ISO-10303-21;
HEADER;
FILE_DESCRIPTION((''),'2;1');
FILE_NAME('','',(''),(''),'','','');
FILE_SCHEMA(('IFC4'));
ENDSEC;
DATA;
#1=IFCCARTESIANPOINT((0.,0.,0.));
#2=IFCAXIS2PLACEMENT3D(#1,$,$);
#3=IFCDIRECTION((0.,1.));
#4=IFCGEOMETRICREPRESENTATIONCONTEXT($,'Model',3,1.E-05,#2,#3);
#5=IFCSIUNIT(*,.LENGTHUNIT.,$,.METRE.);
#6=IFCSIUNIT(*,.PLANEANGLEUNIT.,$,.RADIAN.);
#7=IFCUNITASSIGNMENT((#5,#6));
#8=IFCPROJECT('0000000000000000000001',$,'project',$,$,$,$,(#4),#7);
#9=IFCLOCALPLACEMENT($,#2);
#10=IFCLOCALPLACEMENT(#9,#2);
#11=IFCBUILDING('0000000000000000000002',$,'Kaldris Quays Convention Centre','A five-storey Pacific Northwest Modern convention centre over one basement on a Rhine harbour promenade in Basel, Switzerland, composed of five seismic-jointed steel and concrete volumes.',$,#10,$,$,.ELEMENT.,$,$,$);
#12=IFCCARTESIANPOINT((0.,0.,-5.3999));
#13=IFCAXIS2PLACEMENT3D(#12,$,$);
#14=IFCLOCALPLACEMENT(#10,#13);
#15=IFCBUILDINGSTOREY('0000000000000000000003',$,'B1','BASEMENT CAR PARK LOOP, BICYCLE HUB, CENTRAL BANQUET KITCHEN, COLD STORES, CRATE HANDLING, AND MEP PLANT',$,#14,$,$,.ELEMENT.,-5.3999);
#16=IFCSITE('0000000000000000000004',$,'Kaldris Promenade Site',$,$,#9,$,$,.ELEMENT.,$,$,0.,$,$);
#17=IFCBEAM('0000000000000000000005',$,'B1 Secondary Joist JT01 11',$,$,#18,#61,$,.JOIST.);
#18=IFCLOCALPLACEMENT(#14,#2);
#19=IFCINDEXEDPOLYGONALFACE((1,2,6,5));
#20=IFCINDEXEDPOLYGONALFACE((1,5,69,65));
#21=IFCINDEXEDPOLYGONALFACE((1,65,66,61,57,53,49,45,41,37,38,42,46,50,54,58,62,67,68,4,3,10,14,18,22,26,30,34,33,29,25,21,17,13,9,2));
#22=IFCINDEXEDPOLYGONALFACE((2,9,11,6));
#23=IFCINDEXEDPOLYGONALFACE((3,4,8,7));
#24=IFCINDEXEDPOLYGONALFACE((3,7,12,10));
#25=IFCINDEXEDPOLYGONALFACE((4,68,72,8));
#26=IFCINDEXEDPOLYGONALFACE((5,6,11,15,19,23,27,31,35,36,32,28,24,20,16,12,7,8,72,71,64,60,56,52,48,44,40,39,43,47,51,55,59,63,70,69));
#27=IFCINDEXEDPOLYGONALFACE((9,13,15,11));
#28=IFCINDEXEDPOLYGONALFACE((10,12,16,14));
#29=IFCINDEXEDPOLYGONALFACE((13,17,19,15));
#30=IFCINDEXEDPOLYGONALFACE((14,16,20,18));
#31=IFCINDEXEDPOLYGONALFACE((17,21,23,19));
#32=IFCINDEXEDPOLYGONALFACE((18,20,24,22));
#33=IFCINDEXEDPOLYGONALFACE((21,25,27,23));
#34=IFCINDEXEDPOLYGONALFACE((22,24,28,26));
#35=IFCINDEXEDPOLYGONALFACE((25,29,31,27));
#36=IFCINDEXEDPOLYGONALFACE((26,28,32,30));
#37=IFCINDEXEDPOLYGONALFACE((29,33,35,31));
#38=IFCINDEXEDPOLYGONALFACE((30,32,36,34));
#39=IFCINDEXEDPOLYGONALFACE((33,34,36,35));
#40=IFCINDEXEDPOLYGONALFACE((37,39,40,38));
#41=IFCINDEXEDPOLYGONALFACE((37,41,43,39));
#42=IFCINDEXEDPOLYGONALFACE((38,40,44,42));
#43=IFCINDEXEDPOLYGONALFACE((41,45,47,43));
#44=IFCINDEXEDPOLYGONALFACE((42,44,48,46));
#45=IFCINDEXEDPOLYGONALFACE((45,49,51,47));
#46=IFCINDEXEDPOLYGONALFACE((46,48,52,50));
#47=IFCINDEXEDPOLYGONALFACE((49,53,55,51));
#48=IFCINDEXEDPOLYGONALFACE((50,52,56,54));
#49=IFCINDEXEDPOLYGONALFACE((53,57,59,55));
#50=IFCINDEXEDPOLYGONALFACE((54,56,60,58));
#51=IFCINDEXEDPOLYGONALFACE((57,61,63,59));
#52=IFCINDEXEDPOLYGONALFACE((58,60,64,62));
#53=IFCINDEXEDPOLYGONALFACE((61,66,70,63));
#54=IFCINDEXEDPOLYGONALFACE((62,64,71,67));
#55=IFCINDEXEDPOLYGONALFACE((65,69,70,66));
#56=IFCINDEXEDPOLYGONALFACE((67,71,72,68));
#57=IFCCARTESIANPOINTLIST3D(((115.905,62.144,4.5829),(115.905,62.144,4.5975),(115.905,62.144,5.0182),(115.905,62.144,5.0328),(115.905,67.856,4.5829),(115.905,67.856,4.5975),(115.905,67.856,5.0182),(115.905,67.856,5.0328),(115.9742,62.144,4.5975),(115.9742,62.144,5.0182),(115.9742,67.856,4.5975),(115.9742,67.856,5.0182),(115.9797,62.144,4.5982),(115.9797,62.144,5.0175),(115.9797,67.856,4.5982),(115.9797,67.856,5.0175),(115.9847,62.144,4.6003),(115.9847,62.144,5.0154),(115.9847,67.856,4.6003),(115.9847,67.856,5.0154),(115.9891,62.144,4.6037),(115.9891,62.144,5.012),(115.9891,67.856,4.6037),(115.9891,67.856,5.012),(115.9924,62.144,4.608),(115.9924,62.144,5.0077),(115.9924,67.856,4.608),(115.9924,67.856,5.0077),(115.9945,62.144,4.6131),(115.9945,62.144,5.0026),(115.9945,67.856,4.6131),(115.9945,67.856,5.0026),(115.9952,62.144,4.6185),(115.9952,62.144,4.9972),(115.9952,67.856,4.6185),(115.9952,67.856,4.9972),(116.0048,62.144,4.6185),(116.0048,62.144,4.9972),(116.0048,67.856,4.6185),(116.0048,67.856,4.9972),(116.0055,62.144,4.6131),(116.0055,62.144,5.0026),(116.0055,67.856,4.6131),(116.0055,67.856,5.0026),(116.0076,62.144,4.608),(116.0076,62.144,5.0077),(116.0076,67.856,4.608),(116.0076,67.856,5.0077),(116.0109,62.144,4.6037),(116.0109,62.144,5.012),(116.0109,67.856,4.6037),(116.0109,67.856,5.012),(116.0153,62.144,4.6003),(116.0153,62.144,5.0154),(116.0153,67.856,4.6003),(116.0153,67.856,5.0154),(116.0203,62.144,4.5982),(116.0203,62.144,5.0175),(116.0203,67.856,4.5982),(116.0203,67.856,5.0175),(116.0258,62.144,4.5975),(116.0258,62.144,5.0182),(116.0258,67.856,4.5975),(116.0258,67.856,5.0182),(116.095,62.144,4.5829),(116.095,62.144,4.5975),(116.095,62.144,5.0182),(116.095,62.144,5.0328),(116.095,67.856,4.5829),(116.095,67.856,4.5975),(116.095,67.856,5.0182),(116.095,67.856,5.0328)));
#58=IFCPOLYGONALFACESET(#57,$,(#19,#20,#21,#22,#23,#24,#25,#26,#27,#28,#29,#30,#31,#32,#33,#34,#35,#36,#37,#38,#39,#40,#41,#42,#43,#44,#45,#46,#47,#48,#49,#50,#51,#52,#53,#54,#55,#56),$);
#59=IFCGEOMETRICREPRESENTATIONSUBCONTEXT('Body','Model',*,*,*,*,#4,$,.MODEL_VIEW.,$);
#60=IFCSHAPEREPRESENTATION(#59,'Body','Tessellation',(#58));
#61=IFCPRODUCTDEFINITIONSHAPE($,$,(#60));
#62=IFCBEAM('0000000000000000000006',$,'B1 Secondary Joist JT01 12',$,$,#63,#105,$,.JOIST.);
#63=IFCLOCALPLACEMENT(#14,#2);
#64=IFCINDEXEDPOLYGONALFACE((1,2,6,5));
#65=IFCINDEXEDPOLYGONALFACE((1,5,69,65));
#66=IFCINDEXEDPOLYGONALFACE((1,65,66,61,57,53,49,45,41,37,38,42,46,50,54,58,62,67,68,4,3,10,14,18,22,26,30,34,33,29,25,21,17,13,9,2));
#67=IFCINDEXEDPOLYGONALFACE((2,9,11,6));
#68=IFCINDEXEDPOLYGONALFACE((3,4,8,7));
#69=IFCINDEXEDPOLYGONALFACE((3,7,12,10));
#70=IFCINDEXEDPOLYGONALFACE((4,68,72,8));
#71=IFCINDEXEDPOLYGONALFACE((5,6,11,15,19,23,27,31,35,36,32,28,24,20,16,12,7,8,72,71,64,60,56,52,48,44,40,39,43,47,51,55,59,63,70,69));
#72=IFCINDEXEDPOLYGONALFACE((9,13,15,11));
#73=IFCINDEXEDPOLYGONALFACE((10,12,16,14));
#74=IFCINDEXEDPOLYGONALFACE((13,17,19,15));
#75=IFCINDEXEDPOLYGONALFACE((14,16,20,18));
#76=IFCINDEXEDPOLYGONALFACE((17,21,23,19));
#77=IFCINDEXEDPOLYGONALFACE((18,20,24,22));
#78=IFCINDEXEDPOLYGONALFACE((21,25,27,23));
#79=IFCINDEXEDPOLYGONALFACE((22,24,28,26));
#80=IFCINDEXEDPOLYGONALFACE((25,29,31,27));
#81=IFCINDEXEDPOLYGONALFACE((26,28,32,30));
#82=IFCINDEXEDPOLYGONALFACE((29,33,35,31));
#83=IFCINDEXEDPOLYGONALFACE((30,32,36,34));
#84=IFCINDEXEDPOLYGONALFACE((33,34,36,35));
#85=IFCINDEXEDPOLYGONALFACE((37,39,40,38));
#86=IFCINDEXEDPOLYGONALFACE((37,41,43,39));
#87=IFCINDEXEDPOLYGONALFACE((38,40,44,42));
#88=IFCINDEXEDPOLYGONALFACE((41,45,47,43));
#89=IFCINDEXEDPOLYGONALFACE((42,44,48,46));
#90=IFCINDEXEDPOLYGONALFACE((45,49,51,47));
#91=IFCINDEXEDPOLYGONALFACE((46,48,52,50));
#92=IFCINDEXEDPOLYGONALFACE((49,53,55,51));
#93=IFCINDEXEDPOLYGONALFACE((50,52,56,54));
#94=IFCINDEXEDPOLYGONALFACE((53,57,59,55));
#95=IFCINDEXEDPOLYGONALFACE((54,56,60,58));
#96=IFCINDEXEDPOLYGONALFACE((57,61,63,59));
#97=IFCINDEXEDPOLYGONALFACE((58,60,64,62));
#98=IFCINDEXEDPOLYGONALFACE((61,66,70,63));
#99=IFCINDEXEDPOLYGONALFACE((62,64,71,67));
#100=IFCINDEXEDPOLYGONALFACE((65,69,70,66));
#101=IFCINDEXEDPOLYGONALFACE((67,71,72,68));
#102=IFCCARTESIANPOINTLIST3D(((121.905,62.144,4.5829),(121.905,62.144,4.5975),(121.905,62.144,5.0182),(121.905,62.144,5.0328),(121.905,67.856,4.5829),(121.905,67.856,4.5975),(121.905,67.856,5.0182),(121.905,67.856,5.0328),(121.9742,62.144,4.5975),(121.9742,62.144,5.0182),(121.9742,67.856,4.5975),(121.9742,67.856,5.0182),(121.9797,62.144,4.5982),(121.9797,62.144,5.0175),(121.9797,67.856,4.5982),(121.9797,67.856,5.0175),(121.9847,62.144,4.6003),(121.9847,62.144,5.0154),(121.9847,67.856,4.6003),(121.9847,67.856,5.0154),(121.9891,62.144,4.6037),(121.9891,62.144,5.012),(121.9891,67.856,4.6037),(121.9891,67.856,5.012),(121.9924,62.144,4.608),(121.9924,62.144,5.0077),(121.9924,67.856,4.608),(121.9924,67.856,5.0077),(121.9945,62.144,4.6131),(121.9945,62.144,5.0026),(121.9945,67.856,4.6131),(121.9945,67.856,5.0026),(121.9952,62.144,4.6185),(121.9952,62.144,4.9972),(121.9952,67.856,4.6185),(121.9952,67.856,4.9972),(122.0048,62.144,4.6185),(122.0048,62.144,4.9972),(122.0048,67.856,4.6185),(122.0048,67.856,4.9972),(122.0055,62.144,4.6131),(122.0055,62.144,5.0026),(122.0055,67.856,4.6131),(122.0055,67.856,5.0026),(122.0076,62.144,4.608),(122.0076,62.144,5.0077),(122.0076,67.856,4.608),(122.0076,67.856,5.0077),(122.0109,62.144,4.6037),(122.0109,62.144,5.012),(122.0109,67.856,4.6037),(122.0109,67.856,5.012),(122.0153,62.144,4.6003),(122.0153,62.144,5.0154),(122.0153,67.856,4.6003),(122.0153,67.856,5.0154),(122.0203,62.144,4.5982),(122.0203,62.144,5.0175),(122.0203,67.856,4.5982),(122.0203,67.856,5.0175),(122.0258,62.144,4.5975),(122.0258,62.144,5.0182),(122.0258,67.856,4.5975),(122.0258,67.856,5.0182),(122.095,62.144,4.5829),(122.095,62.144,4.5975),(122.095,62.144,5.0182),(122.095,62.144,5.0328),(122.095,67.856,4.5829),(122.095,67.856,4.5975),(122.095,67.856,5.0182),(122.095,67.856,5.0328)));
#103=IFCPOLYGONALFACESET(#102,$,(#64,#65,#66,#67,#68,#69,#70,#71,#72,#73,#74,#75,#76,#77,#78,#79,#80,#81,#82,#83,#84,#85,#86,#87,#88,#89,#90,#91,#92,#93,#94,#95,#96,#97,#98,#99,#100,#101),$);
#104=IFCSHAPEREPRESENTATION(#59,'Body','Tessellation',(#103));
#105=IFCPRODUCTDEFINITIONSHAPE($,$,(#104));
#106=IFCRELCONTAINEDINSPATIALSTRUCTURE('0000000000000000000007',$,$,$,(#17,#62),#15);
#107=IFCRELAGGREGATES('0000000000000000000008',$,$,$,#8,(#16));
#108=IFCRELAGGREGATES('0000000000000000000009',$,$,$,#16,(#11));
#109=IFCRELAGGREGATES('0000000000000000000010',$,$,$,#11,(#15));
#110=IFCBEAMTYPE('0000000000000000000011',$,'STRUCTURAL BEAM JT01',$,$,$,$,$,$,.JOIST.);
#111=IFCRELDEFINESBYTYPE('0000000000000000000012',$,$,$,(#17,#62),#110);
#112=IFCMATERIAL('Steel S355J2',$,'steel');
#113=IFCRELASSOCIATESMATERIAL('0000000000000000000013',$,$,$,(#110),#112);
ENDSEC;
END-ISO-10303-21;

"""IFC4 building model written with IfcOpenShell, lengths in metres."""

from ifc_helpers import new_model, si_unit, direction, frame, origin, origin_2d, place, context, subcontext, project, spatial, i_section, extrude, material, material_profile, profile_set, type_object, element, save


model = new_model("IFC4")

# Units and contexts
model_context = context("Model", 3, precision=1e-05, world=origin(), true_north=direction((0.0, 1.0)))
body_context = subcontext(model_context, "Body", "Model", "MODEL_VIEW")
ifc_project = project(units=[si_unit("LENGTHUNIT", "METRE"), si_unit("PLANEANGLEUNIT", "RADIAN")], contexts=[model_context])

# Site, building, storey
site_placement = place(None, origin())
site = spatial("IfcSite", under=ifc_project, at=site_placement, Name="Kaldris Promenade Site", CompositionType="ELEMENT", RefElevation=0.0)
building_placement = place(site_placement, origin())
building = spatial("IfcBuilding", under=site, at=building_placement, Name="Kaldris Quays Convention Centre", Description="A five-storey Pacific Northwest Modern convention centre over one basement on a Rhine harbour promenade in Basel, Switzerland, composed of five seismic-jointed steel and concrete volumes.", CompositionType="ELEMENT")
storey_placement = place(building_placement, frame((0.0, 0.0, -5.3999)))
storey = spatial("IfcBuildingStorey", under=building, at=storey_placement, Name="B1", Description="BASEMENT CAR PARK LOOP, BICYCLE HUB, CENTRAL BANQUET KITCHEN, COLD STORES, CRATE HANDLING, AND MEP PLANT", CompositionType="ELEMENT", Elevation=-5.3999)

# Shared definitions
ifc_material_1 = material(Name="Steel S355J2", Category="steel")

# Beams
ifc_material_profile_1 = material_profile(ifc_material_1, i_section(OverallWidth=0.1899, OverallDepth=0.45, WebThickness=0.0095, FlangeThickness=0.0146, FilletRadius=0.021, at=origin_2d()), Name="IPE 450")
ifc_profile_set_1 = profile_set([ifc_material_profile_1], Name="Steel S355J2")
beam_type_1 = type_object("IfcBeamType", Name="STRUCTURAL BEAM JT01", PredefinedType="JOIST", material=ifc_profile_set_1)
for number, where, z_axis, x_axis, name in (
    (1, (116.0, 62.144, 4.8079), (0.0, 1.0, 0.0), (-1.0, 0.0, 0.0), "B1 Secondary Joist JT01 11"),
    (2, (122.0, 62.144, 4.8079), (0.0, 1.0, 0.0), (-1.0, 0.0, 0.0), "B1 Secondary Joist JT01 12"),
):
    element("IfcBeam", number, at=place(storey_placement, frame(where, z_axis=z_axis, x_axis=x_axis)), inside=storey, type_object=beam_type_1, Name=name, PredefinedType="JOIST", context=body_context, shape_type="SweptSolid", body=[
        extrude(i_section(OverallWidth=0.1899, OverallDepth=0.45, WebThickness=0.0095, FlangeThickness=0.0146, FilletRadius=0.021, at=origin_2d()), origin(), (0.0, 0.0, 1.0), 5.7119),
    ])

save(model, "model.ifc")
